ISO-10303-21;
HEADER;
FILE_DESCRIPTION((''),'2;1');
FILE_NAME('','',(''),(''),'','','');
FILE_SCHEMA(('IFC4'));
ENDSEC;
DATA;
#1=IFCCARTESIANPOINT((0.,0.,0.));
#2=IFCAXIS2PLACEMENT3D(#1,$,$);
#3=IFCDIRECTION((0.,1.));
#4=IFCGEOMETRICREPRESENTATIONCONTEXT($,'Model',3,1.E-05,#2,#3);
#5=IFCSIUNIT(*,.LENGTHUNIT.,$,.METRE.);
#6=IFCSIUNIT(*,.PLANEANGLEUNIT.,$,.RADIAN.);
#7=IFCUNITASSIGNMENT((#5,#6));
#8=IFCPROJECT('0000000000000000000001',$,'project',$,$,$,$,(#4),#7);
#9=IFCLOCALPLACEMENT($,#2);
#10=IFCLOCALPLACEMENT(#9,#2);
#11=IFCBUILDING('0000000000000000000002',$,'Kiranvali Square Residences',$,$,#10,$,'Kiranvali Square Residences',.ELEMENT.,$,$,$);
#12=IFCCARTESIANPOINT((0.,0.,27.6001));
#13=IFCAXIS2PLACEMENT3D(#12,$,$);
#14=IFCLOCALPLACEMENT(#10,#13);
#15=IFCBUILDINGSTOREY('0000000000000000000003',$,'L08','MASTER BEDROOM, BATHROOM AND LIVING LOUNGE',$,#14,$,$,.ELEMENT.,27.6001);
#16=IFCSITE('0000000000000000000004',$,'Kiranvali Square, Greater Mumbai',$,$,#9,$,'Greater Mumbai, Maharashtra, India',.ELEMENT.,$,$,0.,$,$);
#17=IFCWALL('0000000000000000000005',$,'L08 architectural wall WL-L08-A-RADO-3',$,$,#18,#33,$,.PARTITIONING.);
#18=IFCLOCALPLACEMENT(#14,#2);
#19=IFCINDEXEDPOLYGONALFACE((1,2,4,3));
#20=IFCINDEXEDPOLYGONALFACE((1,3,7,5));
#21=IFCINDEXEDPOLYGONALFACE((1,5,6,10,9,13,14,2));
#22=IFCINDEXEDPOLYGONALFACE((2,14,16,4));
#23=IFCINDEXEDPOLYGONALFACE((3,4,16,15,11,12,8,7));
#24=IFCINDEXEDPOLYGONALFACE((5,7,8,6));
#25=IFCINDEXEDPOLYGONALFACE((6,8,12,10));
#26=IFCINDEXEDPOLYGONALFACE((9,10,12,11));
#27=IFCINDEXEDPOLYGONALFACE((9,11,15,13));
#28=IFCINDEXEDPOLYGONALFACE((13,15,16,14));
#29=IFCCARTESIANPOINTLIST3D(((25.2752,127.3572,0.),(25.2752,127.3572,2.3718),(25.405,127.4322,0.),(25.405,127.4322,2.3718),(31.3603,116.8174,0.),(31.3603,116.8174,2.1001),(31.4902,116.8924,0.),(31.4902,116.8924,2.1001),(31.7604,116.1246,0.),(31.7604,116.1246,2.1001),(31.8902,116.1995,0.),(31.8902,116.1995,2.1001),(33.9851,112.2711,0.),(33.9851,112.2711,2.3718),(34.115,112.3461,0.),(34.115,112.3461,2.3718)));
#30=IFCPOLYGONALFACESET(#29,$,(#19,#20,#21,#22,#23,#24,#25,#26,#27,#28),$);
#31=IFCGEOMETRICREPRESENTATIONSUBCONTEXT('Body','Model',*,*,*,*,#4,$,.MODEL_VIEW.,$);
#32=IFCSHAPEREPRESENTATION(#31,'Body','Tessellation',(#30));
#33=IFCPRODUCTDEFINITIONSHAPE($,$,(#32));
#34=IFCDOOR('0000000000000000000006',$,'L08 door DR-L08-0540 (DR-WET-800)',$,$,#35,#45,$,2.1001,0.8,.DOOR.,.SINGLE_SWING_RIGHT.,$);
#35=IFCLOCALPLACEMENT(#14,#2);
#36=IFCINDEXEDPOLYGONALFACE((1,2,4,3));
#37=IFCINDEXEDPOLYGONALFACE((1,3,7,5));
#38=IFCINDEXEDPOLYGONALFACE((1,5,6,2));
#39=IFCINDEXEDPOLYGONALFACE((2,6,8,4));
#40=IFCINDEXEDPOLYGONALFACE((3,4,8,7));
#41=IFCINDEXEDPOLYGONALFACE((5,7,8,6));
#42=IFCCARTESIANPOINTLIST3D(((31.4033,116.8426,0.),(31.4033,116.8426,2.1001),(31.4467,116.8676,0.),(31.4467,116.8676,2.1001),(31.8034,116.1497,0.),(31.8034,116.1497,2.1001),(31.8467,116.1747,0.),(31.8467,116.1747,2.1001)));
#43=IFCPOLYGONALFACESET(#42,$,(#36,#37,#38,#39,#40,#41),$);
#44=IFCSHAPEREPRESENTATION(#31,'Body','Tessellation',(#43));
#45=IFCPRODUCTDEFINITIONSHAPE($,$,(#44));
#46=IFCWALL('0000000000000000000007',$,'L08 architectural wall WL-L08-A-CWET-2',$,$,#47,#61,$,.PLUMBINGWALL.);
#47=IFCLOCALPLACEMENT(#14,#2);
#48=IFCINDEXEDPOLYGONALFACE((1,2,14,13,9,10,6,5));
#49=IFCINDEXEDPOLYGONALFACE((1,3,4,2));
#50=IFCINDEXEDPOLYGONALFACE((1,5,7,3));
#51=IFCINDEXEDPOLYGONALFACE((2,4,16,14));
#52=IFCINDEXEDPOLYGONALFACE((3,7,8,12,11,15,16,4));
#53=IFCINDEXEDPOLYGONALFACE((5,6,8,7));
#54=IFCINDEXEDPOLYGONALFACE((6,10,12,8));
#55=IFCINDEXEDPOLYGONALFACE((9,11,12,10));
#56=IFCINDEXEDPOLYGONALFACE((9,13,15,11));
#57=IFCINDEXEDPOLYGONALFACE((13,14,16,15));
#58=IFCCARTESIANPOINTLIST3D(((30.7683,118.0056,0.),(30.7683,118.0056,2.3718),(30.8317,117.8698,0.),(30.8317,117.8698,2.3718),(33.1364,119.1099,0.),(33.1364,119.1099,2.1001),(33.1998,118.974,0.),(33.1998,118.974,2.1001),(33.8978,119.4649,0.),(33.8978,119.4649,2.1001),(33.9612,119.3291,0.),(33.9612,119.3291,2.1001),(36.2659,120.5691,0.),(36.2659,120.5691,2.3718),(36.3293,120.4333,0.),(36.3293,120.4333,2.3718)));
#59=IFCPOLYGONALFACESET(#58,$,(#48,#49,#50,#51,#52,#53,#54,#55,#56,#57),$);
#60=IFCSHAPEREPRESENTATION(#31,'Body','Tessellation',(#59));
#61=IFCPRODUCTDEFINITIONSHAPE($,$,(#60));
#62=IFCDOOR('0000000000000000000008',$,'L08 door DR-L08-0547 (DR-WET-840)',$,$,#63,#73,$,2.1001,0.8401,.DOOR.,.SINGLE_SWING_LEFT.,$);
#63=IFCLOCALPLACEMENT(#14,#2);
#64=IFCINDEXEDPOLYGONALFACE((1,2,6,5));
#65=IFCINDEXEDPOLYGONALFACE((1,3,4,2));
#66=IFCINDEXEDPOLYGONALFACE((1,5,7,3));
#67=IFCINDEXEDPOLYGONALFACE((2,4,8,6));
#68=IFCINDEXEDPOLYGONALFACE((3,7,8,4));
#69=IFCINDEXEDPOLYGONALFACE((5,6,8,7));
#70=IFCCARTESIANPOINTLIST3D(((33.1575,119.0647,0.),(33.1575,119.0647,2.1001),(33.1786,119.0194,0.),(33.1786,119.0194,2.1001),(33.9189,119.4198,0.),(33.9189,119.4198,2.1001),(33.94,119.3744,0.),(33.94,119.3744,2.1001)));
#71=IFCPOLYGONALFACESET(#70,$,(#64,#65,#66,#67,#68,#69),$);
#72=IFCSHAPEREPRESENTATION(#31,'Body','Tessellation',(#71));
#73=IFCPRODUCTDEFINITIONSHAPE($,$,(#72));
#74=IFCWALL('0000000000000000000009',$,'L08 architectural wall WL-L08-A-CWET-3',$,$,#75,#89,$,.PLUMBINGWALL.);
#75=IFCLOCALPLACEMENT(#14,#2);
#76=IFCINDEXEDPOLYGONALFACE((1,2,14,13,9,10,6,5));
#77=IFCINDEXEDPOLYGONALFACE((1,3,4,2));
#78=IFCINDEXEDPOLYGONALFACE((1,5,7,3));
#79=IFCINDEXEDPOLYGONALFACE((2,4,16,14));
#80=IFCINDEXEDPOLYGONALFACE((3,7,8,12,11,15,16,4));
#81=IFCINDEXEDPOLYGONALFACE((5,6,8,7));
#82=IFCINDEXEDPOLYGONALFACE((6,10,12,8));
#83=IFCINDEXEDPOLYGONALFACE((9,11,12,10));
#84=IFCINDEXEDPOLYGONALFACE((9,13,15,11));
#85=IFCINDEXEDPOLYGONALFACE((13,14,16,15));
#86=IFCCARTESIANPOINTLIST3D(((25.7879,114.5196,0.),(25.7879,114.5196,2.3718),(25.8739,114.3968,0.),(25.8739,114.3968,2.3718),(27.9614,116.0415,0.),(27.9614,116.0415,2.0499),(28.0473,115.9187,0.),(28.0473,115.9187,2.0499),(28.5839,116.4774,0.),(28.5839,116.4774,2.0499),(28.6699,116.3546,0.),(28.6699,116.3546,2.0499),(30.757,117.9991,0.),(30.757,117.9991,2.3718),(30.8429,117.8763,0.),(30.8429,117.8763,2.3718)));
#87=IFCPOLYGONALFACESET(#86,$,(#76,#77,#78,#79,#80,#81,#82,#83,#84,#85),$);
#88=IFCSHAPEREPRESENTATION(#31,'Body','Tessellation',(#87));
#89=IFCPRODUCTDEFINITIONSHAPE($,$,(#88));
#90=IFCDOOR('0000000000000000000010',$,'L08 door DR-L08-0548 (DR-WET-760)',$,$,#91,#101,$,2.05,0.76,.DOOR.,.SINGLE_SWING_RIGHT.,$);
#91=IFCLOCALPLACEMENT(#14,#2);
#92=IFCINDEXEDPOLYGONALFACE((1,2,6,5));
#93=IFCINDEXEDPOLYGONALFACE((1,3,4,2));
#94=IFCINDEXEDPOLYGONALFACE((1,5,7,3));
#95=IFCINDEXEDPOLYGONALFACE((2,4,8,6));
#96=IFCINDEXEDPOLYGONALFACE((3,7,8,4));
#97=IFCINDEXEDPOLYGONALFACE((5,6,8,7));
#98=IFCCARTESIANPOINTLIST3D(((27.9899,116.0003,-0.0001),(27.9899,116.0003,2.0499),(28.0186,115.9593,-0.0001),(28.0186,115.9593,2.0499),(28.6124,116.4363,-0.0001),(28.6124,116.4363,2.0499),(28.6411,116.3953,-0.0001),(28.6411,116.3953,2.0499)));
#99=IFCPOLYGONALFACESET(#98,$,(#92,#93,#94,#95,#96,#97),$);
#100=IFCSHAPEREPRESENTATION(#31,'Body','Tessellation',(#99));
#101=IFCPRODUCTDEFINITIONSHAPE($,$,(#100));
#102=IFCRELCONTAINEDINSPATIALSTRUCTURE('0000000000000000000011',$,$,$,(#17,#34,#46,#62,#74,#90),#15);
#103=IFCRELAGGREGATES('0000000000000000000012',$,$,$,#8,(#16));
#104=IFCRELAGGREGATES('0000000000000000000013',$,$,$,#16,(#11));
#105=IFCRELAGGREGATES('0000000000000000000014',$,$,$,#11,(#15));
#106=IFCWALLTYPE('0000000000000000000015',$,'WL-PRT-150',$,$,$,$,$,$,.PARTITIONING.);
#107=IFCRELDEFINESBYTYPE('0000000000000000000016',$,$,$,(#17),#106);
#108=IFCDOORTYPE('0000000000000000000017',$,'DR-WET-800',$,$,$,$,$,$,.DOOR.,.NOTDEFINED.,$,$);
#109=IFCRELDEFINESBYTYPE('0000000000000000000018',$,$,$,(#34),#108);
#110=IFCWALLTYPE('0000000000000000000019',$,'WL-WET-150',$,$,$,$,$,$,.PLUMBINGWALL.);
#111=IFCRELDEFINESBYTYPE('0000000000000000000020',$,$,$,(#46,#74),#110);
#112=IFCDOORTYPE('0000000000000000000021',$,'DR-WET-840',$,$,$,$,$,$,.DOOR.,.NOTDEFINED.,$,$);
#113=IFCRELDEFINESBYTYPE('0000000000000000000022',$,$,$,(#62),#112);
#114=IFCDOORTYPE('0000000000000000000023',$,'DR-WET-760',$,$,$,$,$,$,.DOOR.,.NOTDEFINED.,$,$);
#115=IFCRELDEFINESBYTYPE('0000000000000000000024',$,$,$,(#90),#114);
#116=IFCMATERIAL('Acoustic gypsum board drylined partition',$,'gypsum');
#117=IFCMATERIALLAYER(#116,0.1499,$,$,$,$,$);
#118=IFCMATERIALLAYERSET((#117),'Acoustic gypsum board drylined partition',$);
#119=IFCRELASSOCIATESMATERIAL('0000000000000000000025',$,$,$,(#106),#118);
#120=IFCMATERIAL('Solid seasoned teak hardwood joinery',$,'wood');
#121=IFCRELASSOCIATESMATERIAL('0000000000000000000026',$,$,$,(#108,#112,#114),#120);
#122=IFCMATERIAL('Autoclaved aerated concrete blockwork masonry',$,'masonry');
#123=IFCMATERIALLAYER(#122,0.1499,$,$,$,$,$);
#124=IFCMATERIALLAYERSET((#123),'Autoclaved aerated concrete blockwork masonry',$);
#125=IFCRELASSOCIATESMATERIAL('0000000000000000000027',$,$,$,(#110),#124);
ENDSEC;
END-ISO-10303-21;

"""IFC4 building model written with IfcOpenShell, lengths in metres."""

from ifc_helpers import new_model, si_unit, direction, frame, frame_2d, origin, place, context, subcontext, project, spatial, rectangle, extrude, material, layer, layer_set, type_object, element, fill, save


model = new_model("IFC4")

# Units and contexts
model_context = context("Model", 3, precision=1e-05, world=origin(), true_north=direction((0.0, 1.0)))
body_context = subcontext(model_context, "Body", "Model", "MODEL_VIEW")
ifc_project = project(units=[si_unit("LENGTHUNIT", "METRE"), si_unit("PLANEANGLEUNIT", "RADIAN")], contexts=[model_context])

# Site, building, storey
site_placement = place(None, origin())
site = spatial("IfcSite", under=ifc_project, at=site_placement, Name="Kiranvali Square, Greater Mumbai", LongName="Greater Mumbai, Maharashtra, India", CompositionType="ELEMENT", RefElevation=0.0)
building_placement = place(site_placement, origin())
building = spatial("IfcBuilding", under=site, at=building_placement, Name="Kiranvali Square Residences", LongName="Kiranvali Square Residences", CompositionType="ELEMENT")
storey_placement = place(building_placement, frame((0.0, 0.0, 27.6001)))
storey = spatial("IfcBuildingStorey", under=building, at=storey_placement, Name="L08", Description="MASTER BEDROOM, BATHROOM AND LIVING LOUNGE", CompositionType="ELEMENT", Elevation=27.6001)

# Shared definitions
ifc_material_1 = material(Name="Autoclaved aerated concrete blockwork masonry", Category="masonry")

# Walls, openings, doors
ifc_material_2 = material(Name="Acoustic gypsum board drylined partition", Category="gypsum")
ifc_layer_1 = layer(ifc_material_2, 0.1499)
ifc_layer_set_1 = layer_set([ifc_layer_1], Name="Acoustic gypsum board drylined partition")
wall_type_1 = type_object("IfcWallType", Name="WL-PRT-150", PredefinedType="PARTITIONING", material=ifc_layer_set_1)
wall_1_placement = place(storey_placement, frame((34.05, 112.3086, 0.0), z_axis=(0.0, 0.0, 1.0), x_axis=(-0.499998, 0.866027, 0.0)))
wall_1 = element("IfcWall", 1, at=wall_1_placement, inside=storey, type_object=wall_type_1, Name="L08 architectural wall WL-L08-A-RADO-3", PredefinedType="PARTITIONING", context=body_context, shape_type="SweptSolid", body=[
    extrude(rectangle(XDim=17.4199, YDim=0.1499, at=frame_2d((8.71, 0.0))), origin(), (0.0, 0.0, 1.0), 2.3718),
])
opening_1_placement = place(wall_1_placement, frame((4.4497, 0.0, 0.0)))
opening_1 = element("IfcOpeningElement", 2, at=opening_1_placement, cuts=wall_1, PredefinedType="OPENING", context=body_context, shape_type="SweptSolid", body=[
    extrude(rectangle(XDim=0.8, YDim=2.1001, at=frame_2d((0.3999, 1.05))), frame((0.0, 0.085, 0.0), z_axis=(0.0, -1.0, 0.0), x_axis=(1.0, 0.0, 0.0)), (0.0, 0.0, 1.0), 0.1699),
])
ifc_material_3 = material(Name="Solid seasoned teak hardwood joinery", Category="wood")
door_type_1 = type_object("IfcDoorType", Name="DR-WET-800", OperationType="NOTDEFINED", PredefinedType="DOOR", material=ifc_material_3)
door_1_placement = place(opening_1_placement, frame((0.8, 0.0, 0.0), z_axis=(0.0, 0.0, 1.0), x_axis=(-1.0, 0.0, 0.0)))
door_1 = element("IfcDoor", 3, at=door_1_placement, inside=storey, type_object=door_type_1, Name="L08 door DR-L08-0540 (DR-WET-800)", OperationType="SINGLE_SWING_RIGHT", OverallHeight=2.1001, OverallWidth=0.8, PredefinedType="DOOR", context=body_context, shape_type="SweptSolid", body=[
    extrude(rectangle(XDim=0.8, YDim=2.1001, at=frame_2d((0.3999, 1.05))), frame((0.0, 0.0249, 0.0), z_axis=(0.0, -1.0, 0.0), x_axis=(1.0, 0.0, 0.0)), (0.0, 0.0, 1.0), 0.05),
])
fill(opening_1, door_1)
ifc_layer_2 = layer(ifc_material_1, 0.1499)
ifc_layer_set_2 = layer_set([ifc_layer_2], Name="Autoclaved aerated concrete blockwork masonry")
wall_type_2 = type_object("IfcWallType", Name="WL-WET-150", PredefinedType="PLUMBINGWALL", material=ifc_layer_set_2)
wall_2_placement = place(storey_placement, frame((36.2976, 120.5012, 0.0), z_axis=(0.0, 0.0, 1.0), x_axis=(-0.906313, -0.422608, 0.0)))
wall_2 = element("IfcWall", 4, at=wall_2_placement, inside=storey, type_object=wall_type_2, Name="L08 architectural wall WL-L08-A-CWET-2", PredefinedType="PLUMBINGWALL", context=body_context, shape_type="SweptSolid", body=[
    extrude(rectangle(XDim=6.0659, YDim=0.1499, at=frame_2d((3.033, 0.0))), origin(), (0.0, 0.0, 1.0), 2.3718),
])
opening_2_placement = place(wall_2_placement, frame((2.613, 0.0, 0.0)))
opening_2 = element("IfcOpeningElement", 5, at=opening_2_placement, cuts=wall_2, PredefinedType="OPENING", context=body_context, shape_type="SweptSolid", body=[
    extrude(rectangle(XDim=0.8401, YDim=2.1001, at=frame_2d((0.4199, 1.05))), frame((0.0, 0.085, 0.0), z_axis=(0.0, -1.0, 0.0), x_axis=(1.0, 0.0, 0.0)), (0.0, 0.0, 1.0), 0.1699),
])
door_type_2 = type_object("IfcDoorType", Name="DR-WET-840", OperationType="NOTDEFINED", PredefinedType="DOOR", material=ifc_material_3)
door_2_placement = place(opening_2_placement, origin())
door_2 = element("IfcDoor", 6, at=door_2_placement, inside=storey, type_object=door_type_2, Name="L08 door DR-L08-0547 (DR-WET-840)", OperationType="SINGLE_SWING_LEFT", OverallHeight=2.1001, OverallWidth=0.8401, PredefinedType="DOOR", context=body_context, shape_type="SweptSolid", body=[
    extrude(rectangle(XDim=0.8401, YDim=2.1001, at=frame_2d((0.4199, 1.05))), frame((0.0, 0.0249, 0.0), z_axis=(0.0, -1.0, 0.0), x_axis=(1.0, 0.0, 0.0)), (0.0, 0.0, 1.0), 0.05),
])
fill(opening_2, door_2)
wall_3_placement = place(storey_placement, frame((30.8, 117.9377, 0.0), z_axis=(0.0, 0.0, 1.0), x_axis=(-0.819139, -0.573595, 0.0)))
wall_3 = element("IfcWall", 7, at=wall_3_placement, inside=storey, type_object=wall_type_2, Name="L08 architectural wall WL-L08-A-CWET-3", PredefinedType="PLUMBINGWALL", context=body_context, shape_type="SweptSolid", body=[
    extrude(rectangle(XDim=6.0662, YDim=0.1499, at=frame_2d((3.0332, 0.0))), origin(), (0.0, 0.0, 1.0), 2.3718),
])
opening_3_placement = place(wall_3_placement, frame((2.6531, 0.0, 0.0)))
opening_3 = element("IfcOpeningElement", 8, at=opening_3_placement, cuts=wall_3, PredefinedType="OPENING", context=body_context, shape_type="SweptSolid", body=[
    extrude(rectangle(XDim=0.76, YDim=2.05, at=frame_2d((0.3799, 1.0249))), frame((0.0, 0.085, 0.0), z_axis=(0.0, -1.0, 0.0), x_axis=(1.0, 0.0, 0.0)), (0.0, 0.0, 1.0), 0.1699),
])
door_type_3 = type_object("IfcDoorType", Name="DR-WET-760", OperationType="NOTDEFINED", PredefinedType="DOOR", material=ifc_material_3)
door_3_placement = place(opening_3_placement, frame((0.76, 0.0, 0.0), z_axis=(0.0, 0.0, 1.0), x_axis=(-1.0, 0.0, 0.0)))
door_3 = element("IfcDoor", 9, at=door_3_placement, inside=storey, type_object=door_type_3, Name="L08 door DR-L08-0548 (DR-WET-760)", OperationType="SINGLE_SWING_RIGHT", OverallHeight=2.05, OverallWidth=0.76, PredefinedType="DOOR", context=body_context, shape_type="SweptSolid", body=[
    extrude(rectangle(XDim=0.76, YDim=2.05, at=frame_2d((0.3799, 1.0249))), frame((0.0, 0.0249, 0.0), z_axis=(0.0, -1.0, 0.0), x_axis=(1.0, 0.0, 0.0)), (0.0, 0.0, 1.0), 0.05),
])
fill(opening_3, door_3)

save(model, "model.ifc")
